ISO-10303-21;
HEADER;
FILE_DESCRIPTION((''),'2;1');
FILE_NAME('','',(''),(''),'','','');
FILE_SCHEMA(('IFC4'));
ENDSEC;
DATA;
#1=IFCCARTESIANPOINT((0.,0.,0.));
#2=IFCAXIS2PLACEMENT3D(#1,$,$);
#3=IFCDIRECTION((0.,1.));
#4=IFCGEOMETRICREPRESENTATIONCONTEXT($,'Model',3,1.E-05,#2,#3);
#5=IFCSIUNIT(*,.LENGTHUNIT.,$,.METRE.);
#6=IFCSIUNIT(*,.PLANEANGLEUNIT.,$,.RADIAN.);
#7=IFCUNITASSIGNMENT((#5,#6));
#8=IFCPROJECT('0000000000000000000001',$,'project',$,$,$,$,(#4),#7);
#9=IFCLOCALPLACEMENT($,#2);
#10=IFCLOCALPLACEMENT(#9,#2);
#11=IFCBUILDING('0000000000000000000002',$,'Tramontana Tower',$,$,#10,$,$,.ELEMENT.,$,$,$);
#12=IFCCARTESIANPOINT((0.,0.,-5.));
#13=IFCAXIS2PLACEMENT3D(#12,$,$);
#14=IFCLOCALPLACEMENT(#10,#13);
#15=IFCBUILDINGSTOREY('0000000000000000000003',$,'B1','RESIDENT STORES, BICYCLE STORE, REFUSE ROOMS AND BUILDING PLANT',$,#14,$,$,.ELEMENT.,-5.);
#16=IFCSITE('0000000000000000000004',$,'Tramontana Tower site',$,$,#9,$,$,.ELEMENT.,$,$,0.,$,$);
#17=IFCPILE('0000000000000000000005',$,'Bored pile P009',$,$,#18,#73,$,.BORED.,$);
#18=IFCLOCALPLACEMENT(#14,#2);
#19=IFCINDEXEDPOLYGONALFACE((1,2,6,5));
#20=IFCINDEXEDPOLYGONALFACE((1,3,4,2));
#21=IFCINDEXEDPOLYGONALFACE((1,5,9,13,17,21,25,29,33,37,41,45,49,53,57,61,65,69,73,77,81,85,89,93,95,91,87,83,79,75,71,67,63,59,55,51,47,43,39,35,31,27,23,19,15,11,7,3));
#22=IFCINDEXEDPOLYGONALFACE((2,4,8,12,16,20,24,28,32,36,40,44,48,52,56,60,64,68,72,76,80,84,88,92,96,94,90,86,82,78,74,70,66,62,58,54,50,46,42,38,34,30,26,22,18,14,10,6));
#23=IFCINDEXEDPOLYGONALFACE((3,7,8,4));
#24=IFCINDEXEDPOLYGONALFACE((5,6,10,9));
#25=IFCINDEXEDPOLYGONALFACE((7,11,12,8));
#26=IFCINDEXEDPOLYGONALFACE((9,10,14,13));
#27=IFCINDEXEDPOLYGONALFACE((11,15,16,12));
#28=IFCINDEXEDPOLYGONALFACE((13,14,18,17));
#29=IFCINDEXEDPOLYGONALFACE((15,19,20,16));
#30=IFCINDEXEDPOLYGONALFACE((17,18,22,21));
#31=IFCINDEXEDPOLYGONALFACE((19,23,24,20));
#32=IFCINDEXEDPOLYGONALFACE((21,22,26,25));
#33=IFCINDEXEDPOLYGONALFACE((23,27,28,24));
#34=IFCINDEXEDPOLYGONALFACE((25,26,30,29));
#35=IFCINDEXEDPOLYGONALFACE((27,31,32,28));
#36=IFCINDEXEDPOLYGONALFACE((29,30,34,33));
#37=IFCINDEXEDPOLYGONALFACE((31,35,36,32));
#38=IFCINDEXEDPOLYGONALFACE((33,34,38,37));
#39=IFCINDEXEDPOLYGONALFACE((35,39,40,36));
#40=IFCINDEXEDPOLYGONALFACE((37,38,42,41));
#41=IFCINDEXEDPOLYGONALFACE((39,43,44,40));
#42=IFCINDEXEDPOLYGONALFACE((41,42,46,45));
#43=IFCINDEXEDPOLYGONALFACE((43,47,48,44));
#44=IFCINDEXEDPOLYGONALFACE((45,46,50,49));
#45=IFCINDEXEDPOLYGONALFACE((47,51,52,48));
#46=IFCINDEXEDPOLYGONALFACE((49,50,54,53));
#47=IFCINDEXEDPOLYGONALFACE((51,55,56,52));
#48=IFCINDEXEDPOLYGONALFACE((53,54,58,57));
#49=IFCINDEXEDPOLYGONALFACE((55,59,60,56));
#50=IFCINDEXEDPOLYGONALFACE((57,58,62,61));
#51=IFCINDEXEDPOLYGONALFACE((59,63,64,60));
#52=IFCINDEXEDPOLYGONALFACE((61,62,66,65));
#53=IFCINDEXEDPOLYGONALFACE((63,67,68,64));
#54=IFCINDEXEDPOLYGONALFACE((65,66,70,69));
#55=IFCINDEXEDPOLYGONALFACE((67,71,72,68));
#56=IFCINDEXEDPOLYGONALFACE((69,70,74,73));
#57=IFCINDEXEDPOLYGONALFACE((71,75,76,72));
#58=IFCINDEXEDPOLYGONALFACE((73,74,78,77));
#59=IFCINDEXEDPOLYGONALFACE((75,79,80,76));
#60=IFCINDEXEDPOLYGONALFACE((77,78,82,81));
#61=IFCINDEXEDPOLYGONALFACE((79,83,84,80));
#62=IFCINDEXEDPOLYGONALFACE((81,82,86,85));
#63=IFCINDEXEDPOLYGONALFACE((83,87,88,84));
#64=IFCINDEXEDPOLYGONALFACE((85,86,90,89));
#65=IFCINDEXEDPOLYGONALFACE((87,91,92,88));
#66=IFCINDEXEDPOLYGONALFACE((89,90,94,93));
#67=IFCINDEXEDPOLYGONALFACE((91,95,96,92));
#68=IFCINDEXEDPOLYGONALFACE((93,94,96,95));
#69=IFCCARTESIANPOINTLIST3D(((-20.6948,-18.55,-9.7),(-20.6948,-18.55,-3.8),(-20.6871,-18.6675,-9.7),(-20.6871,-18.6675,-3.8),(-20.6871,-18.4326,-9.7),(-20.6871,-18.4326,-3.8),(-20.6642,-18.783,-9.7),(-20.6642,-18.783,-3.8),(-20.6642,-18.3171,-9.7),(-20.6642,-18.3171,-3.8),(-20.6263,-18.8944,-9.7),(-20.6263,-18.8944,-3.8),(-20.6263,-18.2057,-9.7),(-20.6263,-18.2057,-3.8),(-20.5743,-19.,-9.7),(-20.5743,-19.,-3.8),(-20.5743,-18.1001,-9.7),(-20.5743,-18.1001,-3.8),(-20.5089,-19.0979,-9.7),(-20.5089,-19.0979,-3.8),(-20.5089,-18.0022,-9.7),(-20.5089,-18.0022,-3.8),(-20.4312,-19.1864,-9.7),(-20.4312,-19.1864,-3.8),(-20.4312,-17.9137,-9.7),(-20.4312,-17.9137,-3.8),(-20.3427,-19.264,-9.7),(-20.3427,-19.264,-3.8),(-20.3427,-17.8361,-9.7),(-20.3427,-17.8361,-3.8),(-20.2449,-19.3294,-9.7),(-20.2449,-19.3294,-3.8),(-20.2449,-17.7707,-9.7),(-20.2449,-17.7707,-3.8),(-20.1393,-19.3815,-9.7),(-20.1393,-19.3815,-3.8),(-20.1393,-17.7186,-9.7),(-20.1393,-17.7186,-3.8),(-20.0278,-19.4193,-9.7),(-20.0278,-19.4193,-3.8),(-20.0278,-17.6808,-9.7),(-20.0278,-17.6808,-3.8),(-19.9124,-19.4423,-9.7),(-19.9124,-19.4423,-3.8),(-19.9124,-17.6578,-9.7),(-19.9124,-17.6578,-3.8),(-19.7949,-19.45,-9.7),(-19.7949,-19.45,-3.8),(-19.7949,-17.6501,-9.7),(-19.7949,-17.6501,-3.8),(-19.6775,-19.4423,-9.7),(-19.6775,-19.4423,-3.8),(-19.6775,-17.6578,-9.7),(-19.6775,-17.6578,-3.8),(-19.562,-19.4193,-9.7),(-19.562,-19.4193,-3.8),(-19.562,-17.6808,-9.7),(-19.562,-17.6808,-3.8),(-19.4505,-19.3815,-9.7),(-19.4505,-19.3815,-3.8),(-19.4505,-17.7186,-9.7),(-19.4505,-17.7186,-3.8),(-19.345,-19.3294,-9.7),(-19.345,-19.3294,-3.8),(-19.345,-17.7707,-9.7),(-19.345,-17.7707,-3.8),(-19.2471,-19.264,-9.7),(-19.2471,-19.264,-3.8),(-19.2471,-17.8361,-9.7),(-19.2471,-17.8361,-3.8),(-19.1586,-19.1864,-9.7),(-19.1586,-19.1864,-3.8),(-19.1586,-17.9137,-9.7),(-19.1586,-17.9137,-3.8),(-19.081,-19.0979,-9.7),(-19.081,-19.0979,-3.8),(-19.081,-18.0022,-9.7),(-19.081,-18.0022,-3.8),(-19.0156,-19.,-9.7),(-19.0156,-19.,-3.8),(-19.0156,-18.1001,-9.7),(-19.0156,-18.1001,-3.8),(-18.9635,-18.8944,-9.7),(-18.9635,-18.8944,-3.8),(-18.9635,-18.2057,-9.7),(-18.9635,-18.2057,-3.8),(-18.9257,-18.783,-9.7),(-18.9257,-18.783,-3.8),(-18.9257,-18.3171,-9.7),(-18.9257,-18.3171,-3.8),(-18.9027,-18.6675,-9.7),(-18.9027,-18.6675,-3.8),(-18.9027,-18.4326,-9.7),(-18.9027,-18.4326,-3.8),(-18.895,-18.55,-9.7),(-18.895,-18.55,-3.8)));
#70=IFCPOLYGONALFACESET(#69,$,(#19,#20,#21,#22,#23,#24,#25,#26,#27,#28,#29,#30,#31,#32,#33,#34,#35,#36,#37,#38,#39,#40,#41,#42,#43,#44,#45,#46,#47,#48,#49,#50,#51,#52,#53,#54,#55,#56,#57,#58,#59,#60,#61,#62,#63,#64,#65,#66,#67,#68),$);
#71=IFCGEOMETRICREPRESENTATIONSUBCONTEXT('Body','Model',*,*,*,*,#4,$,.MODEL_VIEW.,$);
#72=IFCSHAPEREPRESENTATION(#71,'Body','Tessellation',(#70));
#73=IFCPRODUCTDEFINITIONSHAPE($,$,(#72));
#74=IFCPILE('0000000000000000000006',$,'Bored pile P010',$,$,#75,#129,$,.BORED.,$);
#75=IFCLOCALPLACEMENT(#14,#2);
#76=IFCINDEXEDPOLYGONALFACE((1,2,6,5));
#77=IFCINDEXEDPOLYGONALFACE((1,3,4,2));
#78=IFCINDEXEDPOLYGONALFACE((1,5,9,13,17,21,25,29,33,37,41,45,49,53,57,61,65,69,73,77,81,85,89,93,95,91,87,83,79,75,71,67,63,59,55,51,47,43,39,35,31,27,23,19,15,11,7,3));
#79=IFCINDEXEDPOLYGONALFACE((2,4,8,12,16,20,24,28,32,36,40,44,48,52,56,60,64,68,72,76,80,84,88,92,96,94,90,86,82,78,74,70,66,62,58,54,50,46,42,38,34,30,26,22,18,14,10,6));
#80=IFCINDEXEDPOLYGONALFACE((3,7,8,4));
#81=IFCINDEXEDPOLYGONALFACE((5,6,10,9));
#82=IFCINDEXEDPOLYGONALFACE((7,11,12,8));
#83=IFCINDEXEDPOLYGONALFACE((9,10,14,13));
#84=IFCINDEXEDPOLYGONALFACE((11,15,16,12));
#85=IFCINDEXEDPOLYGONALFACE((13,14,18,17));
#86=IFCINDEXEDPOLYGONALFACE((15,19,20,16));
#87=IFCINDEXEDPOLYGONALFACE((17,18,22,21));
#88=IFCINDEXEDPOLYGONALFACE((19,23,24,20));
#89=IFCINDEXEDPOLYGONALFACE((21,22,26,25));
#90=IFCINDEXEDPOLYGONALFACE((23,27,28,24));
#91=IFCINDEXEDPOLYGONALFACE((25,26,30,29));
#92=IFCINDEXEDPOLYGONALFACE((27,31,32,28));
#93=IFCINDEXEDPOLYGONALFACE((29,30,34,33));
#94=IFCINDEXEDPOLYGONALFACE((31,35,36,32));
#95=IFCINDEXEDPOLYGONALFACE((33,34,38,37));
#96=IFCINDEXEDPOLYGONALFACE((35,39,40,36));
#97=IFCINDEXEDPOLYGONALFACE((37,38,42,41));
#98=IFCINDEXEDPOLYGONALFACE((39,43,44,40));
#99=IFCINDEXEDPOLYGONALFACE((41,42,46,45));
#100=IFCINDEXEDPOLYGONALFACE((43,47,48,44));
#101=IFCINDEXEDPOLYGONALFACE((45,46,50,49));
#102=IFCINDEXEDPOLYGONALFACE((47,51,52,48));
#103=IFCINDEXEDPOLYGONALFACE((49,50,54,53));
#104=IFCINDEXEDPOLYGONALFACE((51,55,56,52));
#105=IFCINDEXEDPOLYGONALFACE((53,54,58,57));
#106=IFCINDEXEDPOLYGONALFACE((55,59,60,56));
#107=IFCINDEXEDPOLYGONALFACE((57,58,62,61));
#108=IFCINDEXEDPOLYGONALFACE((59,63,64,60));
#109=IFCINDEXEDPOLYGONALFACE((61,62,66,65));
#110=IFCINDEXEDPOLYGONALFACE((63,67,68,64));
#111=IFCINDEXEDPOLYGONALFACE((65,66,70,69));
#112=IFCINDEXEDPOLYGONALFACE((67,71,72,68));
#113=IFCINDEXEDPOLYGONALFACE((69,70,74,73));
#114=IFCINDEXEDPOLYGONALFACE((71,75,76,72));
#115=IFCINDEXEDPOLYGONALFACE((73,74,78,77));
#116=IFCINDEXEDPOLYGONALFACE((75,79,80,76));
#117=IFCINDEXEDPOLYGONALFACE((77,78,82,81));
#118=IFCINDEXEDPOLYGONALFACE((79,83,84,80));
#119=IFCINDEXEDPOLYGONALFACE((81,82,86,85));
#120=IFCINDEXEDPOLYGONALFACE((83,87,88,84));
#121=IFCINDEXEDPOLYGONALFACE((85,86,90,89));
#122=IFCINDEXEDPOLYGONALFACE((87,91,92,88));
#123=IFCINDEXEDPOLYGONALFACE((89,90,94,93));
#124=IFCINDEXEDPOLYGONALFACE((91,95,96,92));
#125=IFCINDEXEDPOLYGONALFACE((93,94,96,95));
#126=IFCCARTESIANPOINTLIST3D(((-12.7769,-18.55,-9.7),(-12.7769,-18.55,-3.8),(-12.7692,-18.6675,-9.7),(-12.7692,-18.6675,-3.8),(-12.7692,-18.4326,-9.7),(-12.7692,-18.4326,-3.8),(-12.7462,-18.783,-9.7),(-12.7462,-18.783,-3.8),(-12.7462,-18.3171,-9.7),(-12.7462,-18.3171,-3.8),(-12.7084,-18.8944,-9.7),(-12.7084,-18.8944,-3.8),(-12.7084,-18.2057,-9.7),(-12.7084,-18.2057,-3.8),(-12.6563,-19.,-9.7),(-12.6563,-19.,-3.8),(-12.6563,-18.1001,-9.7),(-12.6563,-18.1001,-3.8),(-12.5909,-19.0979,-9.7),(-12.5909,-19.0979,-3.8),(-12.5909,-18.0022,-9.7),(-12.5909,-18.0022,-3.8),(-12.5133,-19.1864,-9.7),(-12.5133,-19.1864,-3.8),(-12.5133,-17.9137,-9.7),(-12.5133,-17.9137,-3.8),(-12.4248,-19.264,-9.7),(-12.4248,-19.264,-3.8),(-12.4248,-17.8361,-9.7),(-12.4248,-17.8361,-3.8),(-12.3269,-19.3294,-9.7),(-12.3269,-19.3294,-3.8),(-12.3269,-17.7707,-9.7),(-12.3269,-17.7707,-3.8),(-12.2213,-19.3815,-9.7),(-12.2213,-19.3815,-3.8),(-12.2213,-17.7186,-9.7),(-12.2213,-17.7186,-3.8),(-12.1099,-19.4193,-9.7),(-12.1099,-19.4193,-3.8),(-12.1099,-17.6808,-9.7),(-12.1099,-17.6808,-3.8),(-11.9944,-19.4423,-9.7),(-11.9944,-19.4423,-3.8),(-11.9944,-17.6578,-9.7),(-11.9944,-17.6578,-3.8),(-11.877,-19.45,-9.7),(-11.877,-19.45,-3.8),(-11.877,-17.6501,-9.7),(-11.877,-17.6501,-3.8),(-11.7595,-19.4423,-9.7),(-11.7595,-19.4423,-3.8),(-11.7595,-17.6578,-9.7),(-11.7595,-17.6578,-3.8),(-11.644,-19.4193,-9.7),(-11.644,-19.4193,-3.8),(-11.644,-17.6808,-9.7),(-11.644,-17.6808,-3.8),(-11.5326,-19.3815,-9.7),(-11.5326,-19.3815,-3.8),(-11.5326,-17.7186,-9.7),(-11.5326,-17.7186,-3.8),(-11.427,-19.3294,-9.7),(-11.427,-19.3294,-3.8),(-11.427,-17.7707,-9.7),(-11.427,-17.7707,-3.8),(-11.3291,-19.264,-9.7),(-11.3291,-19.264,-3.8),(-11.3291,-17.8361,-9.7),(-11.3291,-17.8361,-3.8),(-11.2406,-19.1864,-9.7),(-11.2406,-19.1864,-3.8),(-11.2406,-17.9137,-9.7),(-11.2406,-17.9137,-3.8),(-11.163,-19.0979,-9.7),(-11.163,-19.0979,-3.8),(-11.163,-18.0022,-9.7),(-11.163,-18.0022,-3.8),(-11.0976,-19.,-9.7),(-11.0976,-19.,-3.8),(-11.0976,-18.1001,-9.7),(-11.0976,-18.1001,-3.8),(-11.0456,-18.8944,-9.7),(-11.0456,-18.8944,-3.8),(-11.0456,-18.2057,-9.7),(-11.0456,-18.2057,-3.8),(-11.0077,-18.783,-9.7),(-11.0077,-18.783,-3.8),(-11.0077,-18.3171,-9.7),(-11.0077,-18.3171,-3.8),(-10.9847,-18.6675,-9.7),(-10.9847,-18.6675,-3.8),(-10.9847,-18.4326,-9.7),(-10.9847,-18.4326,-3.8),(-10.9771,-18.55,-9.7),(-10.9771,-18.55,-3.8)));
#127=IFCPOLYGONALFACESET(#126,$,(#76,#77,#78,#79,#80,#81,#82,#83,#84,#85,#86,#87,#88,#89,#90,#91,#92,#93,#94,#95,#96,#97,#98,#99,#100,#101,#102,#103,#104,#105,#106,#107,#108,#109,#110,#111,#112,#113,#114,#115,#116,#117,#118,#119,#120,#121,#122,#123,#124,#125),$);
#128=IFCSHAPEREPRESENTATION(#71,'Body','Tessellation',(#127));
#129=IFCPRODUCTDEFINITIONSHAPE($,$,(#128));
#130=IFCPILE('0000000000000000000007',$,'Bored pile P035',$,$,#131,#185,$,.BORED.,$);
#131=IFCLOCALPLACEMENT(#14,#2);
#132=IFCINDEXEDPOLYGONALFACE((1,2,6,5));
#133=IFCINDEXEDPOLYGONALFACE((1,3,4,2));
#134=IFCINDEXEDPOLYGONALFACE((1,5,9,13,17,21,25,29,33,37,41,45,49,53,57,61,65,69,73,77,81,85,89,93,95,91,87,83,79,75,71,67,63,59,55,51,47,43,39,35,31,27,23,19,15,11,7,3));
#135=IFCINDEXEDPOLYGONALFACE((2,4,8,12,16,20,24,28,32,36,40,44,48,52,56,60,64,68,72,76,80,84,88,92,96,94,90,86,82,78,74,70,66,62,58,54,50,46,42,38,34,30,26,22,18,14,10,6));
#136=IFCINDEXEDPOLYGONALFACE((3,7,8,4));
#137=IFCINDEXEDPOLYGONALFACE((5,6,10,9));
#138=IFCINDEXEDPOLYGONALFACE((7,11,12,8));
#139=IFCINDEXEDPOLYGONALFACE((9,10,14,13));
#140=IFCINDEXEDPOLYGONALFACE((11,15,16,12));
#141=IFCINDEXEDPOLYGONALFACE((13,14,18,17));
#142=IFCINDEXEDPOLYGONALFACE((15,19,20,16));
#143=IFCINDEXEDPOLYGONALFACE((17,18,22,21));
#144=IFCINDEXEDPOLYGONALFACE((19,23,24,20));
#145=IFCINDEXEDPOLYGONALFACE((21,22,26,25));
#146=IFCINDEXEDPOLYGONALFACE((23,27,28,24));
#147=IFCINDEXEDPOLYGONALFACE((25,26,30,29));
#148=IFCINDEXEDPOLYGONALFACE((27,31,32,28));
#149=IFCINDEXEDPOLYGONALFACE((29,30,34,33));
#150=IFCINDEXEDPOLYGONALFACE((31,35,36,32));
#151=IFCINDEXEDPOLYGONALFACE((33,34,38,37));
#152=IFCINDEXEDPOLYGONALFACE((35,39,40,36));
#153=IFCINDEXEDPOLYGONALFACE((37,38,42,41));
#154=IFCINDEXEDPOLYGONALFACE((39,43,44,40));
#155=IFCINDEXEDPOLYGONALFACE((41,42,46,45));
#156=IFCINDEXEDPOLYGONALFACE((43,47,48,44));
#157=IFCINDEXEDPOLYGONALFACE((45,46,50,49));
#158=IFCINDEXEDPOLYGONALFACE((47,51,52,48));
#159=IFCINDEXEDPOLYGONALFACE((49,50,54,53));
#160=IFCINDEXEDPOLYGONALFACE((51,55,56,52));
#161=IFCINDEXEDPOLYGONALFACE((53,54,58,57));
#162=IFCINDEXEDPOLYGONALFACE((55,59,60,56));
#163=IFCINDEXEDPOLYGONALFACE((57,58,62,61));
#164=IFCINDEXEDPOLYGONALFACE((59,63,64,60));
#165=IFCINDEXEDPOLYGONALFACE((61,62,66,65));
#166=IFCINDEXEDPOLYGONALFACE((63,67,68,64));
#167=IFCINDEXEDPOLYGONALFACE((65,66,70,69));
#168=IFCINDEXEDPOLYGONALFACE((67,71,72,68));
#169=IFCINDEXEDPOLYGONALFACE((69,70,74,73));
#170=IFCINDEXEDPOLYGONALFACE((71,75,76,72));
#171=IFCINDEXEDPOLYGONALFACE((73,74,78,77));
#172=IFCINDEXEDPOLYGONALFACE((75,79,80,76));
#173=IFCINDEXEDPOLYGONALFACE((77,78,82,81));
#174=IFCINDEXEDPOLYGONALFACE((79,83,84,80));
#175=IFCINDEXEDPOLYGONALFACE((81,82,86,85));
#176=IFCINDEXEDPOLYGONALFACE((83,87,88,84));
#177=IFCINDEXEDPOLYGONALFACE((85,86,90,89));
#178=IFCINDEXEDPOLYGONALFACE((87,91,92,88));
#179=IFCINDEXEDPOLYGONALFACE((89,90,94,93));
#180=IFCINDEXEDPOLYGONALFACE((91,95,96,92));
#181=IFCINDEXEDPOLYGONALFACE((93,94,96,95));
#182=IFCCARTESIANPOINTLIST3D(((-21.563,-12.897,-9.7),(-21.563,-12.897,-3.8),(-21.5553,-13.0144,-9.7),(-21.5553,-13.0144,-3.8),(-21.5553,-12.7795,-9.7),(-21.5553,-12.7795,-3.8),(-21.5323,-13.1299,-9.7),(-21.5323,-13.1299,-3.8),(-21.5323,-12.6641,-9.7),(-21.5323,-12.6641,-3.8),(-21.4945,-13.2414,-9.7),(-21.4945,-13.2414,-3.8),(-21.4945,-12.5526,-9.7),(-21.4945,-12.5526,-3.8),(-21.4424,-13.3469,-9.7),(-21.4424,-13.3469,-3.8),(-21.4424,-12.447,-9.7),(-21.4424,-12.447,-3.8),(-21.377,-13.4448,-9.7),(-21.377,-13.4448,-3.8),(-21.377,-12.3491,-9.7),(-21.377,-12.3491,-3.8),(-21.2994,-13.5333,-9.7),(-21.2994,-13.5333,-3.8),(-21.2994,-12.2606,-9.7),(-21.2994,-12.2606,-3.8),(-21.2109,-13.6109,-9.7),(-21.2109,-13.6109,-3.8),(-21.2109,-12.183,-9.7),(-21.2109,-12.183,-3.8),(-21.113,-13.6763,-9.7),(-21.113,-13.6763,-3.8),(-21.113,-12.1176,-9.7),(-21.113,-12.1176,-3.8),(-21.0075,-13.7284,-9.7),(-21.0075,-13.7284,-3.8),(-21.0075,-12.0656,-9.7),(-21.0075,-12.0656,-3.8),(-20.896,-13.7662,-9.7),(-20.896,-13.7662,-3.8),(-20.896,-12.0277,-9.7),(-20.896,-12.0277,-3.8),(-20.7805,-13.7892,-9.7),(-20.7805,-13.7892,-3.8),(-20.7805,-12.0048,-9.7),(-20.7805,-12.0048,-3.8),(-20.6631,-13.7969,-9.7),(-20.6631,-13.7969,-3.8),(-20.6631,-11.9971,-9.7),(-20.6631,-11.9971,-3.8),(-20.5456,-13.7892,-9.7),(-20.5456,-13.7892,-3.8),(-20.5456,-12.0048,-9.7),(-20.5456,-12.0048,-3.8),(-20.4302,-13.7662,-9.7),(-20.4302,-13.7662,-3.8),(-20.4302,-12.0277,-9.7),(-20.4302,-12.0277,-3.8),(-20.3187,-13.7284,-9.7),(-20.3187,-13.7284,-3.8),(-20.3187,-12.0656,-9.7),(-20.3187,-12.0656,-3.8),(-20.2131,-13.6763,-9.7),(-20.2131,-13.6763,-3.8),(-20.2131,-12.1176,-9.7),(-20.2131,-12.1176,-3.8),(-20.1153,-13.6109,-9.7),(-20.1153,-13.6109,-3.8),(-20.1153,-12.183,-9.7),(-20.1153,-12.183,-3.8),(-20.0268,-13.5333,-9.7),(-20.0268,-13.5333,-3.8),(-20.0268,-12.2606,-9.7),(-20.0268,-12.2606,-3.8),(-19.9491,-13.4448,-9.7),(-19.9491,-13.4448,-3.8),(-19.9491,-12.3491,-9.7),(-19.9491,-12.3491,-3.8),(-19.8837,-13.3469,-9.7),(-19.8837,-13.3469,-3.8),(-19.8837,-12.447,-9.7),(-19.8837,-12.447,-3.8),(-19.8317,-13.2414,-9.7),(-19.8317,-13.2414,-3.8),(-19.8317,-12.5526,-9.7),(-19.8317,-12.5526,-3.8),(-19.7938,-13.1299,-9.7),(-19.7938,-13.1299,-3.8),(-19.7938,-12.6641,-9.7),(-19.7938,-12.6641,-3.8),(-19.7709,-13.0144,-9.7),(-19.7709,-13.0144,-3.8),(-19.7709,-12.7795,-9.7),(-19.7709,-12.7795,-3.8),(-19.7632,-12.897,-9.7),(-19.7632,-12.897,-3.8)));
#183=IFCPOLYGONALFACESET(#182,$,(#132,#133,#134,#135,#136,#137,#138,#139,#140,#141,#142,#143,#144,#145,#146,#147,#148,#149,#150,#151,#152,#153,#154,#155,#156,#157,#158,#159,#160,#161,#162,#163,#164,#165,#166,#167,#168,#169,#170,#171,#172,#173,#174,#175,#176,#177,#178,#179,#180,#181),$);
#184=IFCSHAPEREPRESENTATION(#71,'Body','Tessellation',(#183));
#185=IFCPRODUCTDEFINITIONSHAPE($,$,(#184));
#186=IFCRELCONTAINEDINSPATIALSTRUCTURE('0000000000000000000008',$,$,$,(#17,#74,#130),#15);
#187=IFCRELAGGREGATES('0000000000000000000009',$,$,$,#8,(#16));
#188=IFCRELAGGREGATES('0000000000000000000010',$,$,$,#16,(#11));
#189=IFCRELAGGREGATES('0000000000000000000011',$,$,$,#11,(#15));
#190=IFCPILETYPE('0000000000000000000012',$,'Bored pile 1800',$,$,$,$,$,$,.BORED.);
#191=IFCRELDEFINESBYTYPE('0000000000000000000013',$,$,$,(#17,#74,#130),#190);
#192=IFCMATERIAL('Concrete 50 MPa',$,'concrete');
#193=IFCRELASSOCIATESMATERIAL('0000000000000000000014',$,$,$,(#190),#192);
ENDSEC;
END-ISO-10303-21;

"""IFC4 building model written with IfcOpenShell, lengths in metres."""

from ifc_helpers import new_model, si_unit, direction, frame, origin, origin_2d, place, context, subcontext, project, spatial, circle, extrude, material, material_profile, profile_set, type_object, element, save


model = new_model("IFC4")

# Units and contexts
model_context = context("Model", 3, precision=1e-05, world=origin(), true_north=direction((0.0, 1.0)))
body_context = subcontext(model_context, "Body", "Model", "MODEL_VIEW")
ifc_project = project(units=[si_unit("LENGTHUNIT", "METRE"), si_unit("PLANEANGLEUNIT", "RADIAN")], contexts=[model_context])

# Site, building, storey
site_placement = place(None, origin())
site = spatial("IfcSite", under=ifc_project, at=site_placement, Name="Tramontana Tower site", CompositionType="ELEMENT", RefElevation=0.0)
building_placement = place(site_placement, origin())
building = spatial("IfcBuilding", under=site, at=building_placement, Name="Tramontana Tower", CompositionType="ELEMENT")
storey_placement = place(building_placement, frame((0.0, 0.0, -5.0)))
storey = spatial("IfcBuildingStorey", under=building, at=storey_placement, Name="B1", Description="RESIDENT STORES, BICYCLE STORE, REFUSE ROOMS AND BUILDING PLANT", CompositionType="ELEMENT", Elevation=-5.0)

# Piles
ifc_material_1 = material(Name="Concrete 50 MPa", Category="concrete")
ifc_material_profile_1 = material_profile(ifc_material_1, circle(Radius=0.8999, at=origin_2d()), Name="Bored pile 1800")
ifc_profile_set_1 = profile_set([ifc_material_profile_1], Name="Concrete 50 MPa")
pile_type = type_object("IfcPileType", Name="Bored pile 1800", PredefinedType="BORED", material=ifc_profile_set_1)
for number, where, z_axis, x_axis, name in (
    (1, (-19.7949, -18.55, -3.8), (0.0, 0.0, -1.0), (1.0, 0.0, 0.0), "Bored pile P009"),
    (2, (-11.877, -18.55, -3.8), (0.0, 0.0, -1.0), (1.0, 0.0, 0.0), "Bored pile P010"),
    (3, (-20.6631, -12.897, -3.8), (0.0, 0.0, -1.0), (1.0, 0.0, 0.0), "Bored pile P035"),
):
    element("IfcPile", number, at=place(storey_placement, frame(where, z_axis=z_axis, x_axis=x_axis)), inside=storey, type_object=pile_type, Name=name, PredefinedType="BORED", context=body_context, shape_type="SweptSolid", body=[
        extrude(circle(Radius=0.8999, at=origin_2d()), origin(), (0.0, 0.0, 1.0), 5.8999),
    ])

save(model, "model.ifc")
